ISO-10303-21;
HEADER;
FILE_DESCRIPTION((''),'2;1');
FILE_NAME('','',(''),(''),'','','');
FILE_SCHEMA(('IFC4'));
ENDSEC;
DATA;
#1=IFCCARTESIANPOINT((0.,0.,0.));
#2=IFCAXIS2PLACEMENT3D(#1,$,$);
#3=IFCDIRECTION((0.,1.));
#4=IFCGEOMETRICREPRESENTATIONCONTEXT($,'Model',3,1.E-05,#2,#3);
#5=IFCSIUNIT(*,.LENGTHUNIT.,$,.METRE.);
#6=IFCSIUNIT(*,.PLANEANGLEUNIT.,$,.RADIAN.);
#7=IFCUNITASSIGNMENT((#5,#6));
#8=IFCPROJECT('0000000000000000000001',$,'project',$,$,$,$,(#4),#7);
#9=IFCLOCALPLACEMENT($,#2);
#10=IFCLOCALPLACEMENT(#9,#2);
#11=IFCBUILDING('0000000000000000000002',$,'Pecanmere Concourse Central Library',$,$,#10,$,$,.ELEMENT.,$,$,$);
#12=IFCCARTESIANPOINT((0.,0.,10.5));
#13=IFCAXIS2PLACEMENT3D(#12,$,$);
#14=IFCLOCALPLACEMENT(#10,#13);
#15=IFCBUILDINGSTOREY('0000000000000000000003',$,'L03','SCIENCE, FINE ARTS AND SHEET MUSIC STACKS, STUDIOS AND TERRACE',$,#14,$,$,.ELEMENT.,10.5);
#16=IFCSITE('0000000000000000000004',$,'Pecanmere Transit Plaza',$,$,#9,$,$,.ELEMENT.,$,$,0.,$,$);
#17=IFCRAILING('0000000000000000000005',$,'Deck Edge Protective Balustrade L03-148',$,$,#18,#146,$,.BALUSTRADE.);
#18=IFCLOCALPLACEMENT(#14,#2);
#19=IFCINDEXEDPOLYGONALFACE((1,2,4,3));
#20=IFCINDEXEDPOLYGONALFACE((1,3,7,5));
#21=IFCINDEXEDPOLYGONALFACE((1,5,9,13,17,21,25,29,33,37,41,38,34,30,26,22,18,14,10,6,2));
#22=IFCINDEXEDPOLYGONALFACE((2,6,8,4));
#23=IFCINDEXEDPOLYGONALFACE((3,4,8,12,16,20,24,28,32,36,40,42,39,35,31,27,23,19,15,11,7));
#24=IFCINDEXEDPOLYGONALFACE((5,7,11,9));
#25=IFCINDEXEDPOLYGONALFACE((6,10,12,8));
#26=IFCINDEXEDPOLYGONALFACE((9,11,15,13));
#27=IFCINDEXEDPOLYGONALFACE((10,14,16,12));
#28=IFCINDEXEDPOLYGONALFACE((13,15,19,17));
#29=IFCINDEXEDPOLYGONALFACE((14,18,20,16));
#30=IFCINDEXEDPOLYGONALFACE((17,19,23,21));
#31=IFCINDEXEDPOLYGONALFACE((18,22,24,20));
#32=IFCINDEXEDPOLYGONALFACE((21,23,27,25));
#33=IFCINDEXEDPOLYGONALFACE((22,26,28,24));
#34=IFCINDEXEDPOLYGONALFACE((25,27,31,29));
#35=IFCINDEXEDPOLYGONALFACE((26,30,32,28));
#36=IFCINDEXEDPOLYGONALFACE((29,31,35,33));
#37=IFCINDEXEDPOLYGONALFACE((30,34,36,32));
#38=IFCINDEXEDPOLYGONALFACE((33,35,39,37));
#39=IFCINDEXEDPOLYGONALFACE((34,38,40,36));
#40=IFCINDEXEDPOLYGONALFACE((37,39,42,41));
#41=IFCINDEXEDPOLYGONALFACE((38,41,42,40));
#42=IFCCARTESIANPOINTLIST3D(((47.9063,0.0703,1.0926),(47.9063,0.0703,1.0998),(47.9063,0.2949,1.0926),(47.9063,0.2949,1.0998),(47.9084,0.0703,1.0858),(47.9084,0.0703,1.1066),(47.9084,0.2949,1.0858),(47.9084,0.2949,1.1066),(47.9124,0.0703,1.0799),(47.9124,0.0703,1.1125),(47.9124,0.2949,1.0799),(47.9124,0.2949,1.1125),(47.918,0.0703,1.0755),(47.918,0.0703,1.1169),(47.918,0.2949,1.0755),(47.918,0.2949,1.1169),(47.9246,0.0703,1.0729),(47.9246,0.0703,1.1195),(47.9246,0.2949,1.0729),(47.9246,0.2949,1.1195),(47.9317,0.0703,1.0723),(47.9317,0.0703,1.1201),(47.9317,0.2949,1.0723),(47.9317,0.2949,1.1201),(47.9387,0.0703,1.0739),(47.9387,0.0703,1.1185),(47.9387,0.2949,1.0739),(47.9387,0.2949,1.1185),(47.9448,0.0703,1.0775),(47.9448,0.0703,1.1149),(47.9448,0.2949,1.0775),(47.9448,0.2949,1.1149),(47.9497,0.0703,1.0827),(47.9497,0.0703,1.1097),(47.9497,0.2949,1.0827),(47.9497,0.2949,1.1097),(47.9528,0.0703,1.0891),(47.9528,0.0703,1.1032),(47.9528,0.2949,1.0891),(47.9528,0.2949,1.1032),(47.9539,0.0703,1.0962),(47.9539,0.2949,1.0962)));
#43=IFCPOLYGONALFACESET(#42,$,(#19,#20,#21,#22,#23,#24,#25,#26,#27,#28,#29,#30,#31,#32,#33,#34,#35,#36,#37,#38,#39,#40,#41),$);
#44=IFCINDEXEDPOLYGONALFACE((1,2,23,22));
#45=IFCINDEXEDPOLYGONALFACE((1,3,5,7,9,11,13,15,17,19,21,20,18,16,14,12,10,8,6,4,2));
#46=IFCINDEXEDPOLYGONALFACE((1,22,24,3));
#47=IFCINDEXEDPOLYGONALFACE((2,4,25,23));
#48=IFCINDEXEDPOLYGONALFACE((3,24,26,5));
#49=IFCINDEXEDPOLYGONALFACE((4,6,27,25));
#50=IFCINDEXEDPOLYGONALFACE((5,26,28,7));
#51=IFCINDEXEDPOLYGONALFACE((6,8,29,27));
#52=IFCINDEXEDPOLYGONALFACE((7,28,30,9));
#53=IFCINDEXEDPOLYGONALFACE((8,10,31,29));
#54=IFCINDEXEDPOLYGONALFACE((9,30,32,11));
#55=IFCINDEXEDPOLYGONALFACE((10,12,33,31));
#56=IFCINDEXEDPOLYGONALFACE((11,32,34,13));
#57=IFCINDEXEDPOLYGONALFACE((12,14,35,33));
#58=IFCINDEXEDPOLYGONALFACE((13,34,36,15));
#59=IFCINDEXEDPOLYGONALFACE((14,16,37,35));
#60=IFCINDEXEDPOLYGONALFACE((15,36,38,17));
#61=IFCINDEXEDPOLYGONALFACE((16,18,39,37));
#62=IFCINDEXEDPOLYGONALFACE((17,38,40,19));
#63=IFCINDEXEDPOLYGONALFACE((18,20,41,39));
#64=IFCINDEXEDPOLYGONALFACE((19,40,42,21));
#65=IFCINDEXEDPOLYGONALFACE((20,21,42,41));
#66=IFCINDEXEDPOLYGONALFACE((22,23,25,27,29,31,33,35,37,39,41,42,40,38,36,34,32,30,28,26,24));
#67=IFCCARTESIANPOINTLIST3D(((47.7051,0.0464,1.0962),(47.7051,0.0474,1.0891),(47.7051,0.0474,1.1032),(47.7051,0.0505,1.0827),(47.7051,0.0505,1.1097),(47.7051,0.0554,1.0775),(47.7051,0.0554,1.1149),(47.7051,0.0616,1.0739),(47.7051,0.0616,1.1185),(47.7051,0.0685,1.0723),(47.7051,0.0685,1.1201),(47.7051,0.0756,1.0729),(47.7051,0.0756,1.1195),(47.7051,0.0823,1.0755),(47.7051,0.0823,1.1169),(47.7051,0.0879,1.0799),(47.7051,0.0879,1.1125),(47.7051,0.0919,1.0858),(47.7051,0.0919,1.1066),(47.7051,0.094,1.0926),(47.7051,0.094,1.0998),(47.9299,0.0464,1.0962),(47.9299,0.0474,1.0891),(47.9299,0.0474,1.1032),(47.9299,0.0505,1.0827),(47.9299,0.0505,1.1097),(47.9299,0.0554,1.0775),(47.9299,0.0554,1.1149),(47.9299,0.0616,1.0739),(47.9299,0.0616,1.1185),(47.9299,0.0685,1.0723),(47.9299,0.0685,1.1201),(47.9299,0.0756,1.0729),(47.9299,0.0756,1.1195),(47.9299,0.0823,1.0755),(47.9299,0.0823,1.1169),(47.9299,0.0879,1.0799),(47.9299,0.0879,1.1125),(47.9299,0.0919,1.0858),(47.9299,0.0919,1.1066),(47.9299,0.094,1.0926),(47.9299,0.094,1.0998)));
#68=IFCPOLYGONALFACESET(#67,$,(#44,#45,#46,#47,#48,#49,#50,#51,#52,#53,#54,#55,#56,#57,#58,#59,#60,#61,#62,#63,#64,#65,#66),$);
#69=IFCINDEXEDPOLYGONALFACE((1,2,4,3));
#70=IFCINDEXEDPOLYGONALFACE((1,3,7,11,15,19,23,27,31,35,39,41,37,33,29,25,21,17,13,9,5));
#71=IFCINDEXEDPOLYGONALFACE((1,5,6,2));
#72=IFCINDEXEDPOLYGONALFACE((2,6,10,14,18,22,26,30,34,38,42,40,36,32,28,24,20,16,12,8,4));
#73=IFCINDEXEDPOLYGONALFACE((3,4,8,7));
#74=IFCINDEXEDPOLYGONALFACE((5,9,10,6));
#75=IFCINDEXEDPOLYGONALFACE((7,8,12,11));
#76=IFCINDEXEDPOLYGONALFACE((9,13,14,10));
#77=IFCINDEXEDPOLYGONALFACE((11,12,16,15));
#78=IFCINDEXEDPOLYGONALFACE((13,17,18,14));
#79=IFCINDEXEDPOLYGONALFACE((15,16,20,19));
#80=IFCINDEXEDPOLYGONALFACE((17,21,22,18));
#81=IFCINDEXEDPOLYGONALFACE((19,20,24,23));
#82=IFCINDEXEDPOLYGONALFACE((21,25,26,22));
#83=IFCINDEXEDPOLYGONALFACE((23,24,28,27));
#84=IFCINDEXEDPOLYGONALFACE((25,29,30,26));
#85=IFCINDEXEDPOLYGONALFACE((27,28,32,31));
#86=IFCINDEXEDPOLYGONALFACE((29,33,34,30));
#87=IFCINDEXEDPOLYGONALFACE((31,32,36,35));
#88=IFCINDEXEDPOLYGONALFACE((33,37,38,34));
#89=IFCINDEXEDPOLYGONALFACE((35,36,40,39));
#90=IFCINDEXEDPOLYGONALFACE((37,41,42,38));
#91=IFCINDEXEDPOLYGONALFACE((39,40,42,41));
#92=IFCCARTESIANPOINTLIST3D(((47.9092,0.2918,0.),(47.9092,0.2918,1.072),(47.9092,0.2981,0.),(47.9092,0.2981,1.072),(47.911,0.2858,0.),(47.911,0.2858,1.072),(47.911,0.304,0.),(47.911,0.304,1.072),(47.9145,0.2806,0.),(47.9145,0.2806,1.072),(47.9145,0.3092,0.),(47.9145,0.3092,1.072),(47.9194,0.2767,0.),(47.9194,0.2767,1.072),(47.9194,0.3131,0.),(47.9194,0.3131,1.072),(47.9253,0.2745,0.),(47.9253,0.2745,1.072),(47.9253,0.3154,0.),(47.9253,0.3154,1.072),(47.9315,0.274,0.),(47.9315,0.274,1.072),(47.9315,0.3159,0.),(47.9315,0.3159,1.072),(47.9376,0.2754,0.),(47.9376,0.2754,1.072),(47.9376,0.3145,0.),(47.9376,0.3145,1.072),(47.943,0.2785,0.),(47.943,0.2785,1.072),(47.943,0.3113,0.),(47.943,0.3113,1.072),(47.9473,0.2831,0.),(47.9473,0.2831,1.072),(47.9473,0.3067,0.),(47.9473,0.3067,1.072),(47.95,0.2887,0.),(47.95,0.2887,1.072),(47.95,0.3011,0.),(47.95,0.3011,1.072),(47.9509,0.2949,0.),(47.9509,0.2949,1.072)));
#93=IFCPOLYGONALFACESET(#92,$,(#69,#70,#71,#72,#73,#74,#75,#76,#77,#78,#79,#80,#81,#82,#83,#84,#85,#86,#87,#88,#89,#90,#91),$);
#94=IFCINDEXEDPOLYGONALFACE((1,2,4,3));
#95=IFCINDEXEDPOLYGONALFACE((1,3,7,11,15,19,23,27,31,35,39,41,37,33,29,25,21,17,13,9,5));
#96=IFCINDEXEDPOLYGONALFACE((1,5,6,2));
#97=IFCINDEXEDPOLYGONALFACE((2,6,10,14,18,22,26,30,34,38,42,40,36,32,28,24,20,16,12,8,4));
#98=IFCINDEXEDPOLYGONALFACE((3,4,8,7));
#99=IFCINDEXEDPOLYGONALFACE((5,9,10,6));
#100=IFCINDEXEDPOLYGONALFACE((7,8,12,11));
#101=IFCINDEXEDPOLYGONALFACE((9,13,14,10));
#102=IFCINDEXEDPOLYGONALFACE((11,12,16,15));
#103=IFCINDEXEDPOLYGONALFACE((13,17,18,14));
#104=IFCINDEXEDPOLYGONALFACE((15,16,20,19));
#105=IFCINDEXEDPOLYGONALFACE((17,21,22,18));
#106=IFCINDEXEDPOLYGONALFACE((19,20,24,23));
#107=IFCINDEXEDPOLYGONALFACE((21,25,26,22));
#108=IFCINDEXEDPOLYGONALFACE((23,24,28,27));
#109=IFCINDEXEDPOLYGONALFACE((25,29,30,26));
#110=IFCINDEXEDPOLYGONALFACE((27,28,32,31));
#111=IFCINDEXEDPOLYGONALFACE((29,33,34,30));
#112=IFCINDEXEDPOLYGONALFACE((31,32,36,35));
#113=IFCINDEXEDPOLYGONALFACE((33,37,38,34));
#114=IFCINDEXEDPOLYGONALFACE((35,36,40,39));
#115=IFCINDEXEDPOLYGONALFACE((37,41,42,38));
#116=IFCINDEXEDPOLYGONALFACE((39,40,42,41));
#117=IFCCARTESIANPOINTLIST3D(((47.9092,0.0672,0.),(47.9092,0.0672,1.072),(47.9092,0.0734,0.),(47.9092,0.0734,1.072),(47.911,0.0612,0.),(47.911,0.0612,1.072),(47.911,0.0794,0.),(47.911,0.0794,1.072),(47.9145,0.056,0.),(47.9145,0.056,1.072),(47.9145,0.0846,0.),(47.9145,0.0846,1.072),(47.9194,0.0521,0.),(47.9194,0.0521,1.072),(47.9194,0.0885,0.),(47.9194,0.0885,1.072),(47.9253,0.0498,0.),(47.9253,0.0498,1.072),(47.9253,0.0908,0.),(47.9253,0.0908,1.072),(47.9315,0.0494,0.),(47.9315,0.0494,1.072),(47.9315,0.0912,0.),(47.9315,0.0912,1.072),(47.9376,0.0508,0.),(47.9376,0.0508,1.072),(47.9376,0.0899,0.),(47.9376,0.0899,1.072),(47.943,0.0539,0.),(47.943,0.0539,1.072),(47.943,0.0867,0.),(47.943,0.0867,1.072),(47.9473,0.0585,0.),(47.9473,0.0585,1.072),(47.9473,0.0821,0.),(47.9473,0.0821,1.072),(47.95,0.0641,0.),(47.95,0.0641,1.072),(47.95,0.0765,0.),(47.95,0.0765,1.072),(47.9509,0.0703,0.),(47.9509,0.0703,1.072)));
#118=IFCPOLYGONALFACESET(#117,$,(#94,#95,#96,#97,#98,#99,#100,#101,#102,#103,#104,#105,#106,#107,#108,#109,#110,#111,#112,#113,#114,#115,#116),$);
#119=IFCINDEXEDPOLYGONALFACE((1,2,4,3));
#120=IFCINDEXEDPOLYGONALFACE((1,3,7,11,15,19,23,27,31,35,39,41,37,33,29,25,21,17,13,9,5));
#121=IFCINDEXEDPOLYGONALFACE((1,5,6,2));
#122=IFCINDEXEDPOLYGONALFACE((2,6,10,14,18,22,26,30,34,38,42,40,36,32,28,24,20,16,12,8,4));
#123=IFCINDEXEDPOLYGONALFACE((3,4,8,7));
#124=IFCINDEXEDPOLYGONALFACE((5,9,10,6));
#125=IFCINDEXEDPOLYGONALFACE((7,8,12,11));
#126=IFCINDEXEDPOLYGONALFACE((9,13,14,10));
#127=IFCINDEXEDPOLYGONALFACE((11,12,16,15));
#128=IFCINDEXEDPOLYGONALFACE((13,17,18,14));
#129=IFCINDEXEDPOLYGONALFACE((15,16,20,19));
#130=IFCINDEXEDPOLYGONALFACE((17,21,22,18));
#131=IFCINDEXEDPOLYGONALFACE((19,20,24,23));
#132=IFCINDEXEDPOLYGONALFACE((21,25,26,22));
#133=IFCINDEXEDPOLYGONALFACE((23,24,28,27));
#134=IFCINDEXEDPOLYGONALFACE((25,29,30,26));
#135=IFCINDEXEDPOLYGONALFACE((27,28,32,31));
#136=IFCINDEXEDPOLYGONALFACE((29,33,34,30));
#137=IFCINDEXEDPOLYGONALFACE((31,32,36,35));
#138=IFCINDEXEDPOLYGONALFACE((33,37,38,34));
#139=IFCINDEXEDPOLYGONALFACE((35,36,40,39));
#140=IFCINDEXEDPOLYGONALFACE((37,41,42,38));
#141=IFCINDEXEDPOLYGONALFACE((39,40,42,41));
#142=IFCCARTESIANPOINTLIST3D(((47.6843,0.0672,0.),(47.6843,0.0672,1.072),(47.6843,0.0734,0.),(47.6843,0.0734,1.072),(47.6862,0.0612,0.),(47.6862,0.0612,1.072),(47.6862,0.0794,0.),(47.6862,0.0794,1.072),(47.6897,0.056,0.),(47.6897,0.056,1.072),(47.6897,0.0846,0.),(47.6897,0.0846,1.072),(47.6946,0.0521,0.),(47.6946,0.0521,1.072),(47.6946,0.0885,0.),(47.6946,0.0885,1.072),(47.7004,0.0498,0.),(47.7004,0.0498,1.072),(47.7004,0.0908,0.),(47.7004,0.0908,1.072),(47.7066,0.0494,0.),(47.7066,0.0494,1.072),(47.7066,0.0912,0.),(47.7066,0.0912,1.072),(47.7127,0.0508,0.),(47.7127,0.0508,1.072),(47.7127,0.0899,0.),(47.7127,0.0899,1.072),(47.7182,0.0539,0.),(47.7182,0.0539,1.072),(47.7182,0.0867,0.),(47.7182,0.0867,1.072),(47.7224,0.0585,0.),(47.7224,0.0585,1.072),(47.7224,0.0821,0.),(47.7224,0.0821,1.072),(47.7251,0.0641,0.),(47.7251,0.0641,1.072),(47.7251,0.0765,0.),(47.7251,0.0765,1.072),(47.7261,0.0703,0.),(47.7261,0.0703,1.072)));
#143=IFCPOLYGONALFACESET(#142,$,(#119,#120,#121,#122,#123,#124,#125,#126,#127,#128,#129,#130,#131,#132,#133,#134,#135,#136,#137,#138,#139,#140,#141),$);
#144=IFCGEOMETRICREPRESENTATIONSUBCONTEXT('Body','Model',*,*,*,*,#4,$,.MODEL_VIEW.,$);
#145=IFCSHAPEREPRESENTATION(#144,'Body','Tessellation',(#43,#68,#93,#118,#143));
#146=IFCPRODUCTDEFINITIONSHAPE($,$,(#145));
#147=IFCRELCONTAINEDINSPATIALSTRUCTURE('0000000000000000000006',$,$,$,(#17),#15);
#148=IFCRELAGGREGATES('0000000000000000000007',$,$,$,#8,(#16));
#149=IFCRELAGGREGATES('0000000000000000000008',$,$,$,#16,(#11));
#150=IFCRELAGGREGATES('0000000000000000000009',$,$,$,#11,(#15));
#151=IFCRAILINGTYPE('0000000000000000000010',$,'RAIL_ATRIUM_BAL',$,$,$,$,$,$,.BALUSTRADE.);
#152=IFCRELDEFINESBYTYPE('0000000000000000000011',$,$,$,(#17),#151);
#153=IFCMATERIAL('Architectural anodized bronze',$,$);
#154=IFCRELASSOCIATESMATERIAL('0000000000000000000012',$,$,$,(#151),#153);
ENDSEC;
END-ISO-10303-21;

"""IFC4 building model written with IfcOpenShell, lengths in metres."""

from ifc_helpers import new_model, si_unit, direction, frame, origin, origin_2d, place, context, subcontext, project, spatial, circle, extrude, material, type_object, element, save


model = new_model("IFC4")

# Units and contexts
model_context = context("Model", 3, precision=1e-05, world=origin(), true_north=direction((0.0, 1.0)))
body_context = subcontext(model_context, "Body", "Model", "MODEL_VIEW")
ifc_project = project(units=[si_unit("LENGTHUNIT", "METRE"), si_unit("PLANEANGLEUNIT", "RADIAN")], contexts=[model_context])

# Site, building, storey
site_placement = place(None, origin())
site = spatial("IfcSite", under=ifc_project, at=site_placement, Name="Pecanmere Transit Plaza", CompositionType="ELEMENT", RefElevation=0.0)
building_placement = place(site_placement, origin())
building = spatial("IfcBuilding", under=site, at=building_placement, Name="Pecanmere Concourse Central Library", CompositionType="ELEMENT")
storey_placement = place(building_placement, frame((0.0, 0.0, 10.5)))
storey = spatial("IfcBuildingStorey", under=building, at=storey_placement, Name="L03", Description="SCIENCE, FINE ARTS AND SHEET MUSIC STACKS, STUDIOS AND TERRACE", CompositionType="ELEMENT", Elevation=10.5)

# Railing
ifc_material_1 = material(Name="Architectural anodized bronze")
railing_type_1 = type_object("IfcRailingType", Name="RAIL_ATRIUM_BAL", PredefinedType="BALUSTRADE", material=ifc_material_1)
railing_1_placement = place(storey_placement, frame((47.9299, 0.2949, 0.0)))
element("IfcRailing", 1, at=railing_1_placement, inside=storey, type_object=railing_type_1, Name="Deck Edge Protective Balustrade L03-148", PredefinedType="BALUSTRADE", context=body_context, shape_type="SweptSolid", body=[
    extrude(circle(Radius=0.0239, at=origin_2d()), frame((0.0, 0.0, 1.0962), z_axis=(0.0, -1.0, 0.0), x_axis=(1.0, 0.0, 0.0)), (0.0, 0.0, 1.0), 0.2246),
    extrude(circle(Radius=0.0239, at=origin_2d()), frame((0.0, -0.2246, 1.0962), z_axis=(-1.0, 0.0, 0.0), x_axis=(0.0, -1.0, 0.0)), (0.0, 0.0, 1.0), 0.2249),
    extrude(circle(Radius=0.021, at=origin_2d()), origin(), (0.0, 0.0, 1.0), 1.072),
    extrude(circle(Radius=0.021, at=origin_2d()), frame((0.0, -0.2246, 0.0)), (0.0, 0.0, 1.0), 1.072),
    extrude(circle(Radius=0.021, at=origin_2d()), frame((-0.2249, -0.2246, 0.0)), (0.0, 0.0, 1.0), 1.072),
])

save(model, "model.ifc")
